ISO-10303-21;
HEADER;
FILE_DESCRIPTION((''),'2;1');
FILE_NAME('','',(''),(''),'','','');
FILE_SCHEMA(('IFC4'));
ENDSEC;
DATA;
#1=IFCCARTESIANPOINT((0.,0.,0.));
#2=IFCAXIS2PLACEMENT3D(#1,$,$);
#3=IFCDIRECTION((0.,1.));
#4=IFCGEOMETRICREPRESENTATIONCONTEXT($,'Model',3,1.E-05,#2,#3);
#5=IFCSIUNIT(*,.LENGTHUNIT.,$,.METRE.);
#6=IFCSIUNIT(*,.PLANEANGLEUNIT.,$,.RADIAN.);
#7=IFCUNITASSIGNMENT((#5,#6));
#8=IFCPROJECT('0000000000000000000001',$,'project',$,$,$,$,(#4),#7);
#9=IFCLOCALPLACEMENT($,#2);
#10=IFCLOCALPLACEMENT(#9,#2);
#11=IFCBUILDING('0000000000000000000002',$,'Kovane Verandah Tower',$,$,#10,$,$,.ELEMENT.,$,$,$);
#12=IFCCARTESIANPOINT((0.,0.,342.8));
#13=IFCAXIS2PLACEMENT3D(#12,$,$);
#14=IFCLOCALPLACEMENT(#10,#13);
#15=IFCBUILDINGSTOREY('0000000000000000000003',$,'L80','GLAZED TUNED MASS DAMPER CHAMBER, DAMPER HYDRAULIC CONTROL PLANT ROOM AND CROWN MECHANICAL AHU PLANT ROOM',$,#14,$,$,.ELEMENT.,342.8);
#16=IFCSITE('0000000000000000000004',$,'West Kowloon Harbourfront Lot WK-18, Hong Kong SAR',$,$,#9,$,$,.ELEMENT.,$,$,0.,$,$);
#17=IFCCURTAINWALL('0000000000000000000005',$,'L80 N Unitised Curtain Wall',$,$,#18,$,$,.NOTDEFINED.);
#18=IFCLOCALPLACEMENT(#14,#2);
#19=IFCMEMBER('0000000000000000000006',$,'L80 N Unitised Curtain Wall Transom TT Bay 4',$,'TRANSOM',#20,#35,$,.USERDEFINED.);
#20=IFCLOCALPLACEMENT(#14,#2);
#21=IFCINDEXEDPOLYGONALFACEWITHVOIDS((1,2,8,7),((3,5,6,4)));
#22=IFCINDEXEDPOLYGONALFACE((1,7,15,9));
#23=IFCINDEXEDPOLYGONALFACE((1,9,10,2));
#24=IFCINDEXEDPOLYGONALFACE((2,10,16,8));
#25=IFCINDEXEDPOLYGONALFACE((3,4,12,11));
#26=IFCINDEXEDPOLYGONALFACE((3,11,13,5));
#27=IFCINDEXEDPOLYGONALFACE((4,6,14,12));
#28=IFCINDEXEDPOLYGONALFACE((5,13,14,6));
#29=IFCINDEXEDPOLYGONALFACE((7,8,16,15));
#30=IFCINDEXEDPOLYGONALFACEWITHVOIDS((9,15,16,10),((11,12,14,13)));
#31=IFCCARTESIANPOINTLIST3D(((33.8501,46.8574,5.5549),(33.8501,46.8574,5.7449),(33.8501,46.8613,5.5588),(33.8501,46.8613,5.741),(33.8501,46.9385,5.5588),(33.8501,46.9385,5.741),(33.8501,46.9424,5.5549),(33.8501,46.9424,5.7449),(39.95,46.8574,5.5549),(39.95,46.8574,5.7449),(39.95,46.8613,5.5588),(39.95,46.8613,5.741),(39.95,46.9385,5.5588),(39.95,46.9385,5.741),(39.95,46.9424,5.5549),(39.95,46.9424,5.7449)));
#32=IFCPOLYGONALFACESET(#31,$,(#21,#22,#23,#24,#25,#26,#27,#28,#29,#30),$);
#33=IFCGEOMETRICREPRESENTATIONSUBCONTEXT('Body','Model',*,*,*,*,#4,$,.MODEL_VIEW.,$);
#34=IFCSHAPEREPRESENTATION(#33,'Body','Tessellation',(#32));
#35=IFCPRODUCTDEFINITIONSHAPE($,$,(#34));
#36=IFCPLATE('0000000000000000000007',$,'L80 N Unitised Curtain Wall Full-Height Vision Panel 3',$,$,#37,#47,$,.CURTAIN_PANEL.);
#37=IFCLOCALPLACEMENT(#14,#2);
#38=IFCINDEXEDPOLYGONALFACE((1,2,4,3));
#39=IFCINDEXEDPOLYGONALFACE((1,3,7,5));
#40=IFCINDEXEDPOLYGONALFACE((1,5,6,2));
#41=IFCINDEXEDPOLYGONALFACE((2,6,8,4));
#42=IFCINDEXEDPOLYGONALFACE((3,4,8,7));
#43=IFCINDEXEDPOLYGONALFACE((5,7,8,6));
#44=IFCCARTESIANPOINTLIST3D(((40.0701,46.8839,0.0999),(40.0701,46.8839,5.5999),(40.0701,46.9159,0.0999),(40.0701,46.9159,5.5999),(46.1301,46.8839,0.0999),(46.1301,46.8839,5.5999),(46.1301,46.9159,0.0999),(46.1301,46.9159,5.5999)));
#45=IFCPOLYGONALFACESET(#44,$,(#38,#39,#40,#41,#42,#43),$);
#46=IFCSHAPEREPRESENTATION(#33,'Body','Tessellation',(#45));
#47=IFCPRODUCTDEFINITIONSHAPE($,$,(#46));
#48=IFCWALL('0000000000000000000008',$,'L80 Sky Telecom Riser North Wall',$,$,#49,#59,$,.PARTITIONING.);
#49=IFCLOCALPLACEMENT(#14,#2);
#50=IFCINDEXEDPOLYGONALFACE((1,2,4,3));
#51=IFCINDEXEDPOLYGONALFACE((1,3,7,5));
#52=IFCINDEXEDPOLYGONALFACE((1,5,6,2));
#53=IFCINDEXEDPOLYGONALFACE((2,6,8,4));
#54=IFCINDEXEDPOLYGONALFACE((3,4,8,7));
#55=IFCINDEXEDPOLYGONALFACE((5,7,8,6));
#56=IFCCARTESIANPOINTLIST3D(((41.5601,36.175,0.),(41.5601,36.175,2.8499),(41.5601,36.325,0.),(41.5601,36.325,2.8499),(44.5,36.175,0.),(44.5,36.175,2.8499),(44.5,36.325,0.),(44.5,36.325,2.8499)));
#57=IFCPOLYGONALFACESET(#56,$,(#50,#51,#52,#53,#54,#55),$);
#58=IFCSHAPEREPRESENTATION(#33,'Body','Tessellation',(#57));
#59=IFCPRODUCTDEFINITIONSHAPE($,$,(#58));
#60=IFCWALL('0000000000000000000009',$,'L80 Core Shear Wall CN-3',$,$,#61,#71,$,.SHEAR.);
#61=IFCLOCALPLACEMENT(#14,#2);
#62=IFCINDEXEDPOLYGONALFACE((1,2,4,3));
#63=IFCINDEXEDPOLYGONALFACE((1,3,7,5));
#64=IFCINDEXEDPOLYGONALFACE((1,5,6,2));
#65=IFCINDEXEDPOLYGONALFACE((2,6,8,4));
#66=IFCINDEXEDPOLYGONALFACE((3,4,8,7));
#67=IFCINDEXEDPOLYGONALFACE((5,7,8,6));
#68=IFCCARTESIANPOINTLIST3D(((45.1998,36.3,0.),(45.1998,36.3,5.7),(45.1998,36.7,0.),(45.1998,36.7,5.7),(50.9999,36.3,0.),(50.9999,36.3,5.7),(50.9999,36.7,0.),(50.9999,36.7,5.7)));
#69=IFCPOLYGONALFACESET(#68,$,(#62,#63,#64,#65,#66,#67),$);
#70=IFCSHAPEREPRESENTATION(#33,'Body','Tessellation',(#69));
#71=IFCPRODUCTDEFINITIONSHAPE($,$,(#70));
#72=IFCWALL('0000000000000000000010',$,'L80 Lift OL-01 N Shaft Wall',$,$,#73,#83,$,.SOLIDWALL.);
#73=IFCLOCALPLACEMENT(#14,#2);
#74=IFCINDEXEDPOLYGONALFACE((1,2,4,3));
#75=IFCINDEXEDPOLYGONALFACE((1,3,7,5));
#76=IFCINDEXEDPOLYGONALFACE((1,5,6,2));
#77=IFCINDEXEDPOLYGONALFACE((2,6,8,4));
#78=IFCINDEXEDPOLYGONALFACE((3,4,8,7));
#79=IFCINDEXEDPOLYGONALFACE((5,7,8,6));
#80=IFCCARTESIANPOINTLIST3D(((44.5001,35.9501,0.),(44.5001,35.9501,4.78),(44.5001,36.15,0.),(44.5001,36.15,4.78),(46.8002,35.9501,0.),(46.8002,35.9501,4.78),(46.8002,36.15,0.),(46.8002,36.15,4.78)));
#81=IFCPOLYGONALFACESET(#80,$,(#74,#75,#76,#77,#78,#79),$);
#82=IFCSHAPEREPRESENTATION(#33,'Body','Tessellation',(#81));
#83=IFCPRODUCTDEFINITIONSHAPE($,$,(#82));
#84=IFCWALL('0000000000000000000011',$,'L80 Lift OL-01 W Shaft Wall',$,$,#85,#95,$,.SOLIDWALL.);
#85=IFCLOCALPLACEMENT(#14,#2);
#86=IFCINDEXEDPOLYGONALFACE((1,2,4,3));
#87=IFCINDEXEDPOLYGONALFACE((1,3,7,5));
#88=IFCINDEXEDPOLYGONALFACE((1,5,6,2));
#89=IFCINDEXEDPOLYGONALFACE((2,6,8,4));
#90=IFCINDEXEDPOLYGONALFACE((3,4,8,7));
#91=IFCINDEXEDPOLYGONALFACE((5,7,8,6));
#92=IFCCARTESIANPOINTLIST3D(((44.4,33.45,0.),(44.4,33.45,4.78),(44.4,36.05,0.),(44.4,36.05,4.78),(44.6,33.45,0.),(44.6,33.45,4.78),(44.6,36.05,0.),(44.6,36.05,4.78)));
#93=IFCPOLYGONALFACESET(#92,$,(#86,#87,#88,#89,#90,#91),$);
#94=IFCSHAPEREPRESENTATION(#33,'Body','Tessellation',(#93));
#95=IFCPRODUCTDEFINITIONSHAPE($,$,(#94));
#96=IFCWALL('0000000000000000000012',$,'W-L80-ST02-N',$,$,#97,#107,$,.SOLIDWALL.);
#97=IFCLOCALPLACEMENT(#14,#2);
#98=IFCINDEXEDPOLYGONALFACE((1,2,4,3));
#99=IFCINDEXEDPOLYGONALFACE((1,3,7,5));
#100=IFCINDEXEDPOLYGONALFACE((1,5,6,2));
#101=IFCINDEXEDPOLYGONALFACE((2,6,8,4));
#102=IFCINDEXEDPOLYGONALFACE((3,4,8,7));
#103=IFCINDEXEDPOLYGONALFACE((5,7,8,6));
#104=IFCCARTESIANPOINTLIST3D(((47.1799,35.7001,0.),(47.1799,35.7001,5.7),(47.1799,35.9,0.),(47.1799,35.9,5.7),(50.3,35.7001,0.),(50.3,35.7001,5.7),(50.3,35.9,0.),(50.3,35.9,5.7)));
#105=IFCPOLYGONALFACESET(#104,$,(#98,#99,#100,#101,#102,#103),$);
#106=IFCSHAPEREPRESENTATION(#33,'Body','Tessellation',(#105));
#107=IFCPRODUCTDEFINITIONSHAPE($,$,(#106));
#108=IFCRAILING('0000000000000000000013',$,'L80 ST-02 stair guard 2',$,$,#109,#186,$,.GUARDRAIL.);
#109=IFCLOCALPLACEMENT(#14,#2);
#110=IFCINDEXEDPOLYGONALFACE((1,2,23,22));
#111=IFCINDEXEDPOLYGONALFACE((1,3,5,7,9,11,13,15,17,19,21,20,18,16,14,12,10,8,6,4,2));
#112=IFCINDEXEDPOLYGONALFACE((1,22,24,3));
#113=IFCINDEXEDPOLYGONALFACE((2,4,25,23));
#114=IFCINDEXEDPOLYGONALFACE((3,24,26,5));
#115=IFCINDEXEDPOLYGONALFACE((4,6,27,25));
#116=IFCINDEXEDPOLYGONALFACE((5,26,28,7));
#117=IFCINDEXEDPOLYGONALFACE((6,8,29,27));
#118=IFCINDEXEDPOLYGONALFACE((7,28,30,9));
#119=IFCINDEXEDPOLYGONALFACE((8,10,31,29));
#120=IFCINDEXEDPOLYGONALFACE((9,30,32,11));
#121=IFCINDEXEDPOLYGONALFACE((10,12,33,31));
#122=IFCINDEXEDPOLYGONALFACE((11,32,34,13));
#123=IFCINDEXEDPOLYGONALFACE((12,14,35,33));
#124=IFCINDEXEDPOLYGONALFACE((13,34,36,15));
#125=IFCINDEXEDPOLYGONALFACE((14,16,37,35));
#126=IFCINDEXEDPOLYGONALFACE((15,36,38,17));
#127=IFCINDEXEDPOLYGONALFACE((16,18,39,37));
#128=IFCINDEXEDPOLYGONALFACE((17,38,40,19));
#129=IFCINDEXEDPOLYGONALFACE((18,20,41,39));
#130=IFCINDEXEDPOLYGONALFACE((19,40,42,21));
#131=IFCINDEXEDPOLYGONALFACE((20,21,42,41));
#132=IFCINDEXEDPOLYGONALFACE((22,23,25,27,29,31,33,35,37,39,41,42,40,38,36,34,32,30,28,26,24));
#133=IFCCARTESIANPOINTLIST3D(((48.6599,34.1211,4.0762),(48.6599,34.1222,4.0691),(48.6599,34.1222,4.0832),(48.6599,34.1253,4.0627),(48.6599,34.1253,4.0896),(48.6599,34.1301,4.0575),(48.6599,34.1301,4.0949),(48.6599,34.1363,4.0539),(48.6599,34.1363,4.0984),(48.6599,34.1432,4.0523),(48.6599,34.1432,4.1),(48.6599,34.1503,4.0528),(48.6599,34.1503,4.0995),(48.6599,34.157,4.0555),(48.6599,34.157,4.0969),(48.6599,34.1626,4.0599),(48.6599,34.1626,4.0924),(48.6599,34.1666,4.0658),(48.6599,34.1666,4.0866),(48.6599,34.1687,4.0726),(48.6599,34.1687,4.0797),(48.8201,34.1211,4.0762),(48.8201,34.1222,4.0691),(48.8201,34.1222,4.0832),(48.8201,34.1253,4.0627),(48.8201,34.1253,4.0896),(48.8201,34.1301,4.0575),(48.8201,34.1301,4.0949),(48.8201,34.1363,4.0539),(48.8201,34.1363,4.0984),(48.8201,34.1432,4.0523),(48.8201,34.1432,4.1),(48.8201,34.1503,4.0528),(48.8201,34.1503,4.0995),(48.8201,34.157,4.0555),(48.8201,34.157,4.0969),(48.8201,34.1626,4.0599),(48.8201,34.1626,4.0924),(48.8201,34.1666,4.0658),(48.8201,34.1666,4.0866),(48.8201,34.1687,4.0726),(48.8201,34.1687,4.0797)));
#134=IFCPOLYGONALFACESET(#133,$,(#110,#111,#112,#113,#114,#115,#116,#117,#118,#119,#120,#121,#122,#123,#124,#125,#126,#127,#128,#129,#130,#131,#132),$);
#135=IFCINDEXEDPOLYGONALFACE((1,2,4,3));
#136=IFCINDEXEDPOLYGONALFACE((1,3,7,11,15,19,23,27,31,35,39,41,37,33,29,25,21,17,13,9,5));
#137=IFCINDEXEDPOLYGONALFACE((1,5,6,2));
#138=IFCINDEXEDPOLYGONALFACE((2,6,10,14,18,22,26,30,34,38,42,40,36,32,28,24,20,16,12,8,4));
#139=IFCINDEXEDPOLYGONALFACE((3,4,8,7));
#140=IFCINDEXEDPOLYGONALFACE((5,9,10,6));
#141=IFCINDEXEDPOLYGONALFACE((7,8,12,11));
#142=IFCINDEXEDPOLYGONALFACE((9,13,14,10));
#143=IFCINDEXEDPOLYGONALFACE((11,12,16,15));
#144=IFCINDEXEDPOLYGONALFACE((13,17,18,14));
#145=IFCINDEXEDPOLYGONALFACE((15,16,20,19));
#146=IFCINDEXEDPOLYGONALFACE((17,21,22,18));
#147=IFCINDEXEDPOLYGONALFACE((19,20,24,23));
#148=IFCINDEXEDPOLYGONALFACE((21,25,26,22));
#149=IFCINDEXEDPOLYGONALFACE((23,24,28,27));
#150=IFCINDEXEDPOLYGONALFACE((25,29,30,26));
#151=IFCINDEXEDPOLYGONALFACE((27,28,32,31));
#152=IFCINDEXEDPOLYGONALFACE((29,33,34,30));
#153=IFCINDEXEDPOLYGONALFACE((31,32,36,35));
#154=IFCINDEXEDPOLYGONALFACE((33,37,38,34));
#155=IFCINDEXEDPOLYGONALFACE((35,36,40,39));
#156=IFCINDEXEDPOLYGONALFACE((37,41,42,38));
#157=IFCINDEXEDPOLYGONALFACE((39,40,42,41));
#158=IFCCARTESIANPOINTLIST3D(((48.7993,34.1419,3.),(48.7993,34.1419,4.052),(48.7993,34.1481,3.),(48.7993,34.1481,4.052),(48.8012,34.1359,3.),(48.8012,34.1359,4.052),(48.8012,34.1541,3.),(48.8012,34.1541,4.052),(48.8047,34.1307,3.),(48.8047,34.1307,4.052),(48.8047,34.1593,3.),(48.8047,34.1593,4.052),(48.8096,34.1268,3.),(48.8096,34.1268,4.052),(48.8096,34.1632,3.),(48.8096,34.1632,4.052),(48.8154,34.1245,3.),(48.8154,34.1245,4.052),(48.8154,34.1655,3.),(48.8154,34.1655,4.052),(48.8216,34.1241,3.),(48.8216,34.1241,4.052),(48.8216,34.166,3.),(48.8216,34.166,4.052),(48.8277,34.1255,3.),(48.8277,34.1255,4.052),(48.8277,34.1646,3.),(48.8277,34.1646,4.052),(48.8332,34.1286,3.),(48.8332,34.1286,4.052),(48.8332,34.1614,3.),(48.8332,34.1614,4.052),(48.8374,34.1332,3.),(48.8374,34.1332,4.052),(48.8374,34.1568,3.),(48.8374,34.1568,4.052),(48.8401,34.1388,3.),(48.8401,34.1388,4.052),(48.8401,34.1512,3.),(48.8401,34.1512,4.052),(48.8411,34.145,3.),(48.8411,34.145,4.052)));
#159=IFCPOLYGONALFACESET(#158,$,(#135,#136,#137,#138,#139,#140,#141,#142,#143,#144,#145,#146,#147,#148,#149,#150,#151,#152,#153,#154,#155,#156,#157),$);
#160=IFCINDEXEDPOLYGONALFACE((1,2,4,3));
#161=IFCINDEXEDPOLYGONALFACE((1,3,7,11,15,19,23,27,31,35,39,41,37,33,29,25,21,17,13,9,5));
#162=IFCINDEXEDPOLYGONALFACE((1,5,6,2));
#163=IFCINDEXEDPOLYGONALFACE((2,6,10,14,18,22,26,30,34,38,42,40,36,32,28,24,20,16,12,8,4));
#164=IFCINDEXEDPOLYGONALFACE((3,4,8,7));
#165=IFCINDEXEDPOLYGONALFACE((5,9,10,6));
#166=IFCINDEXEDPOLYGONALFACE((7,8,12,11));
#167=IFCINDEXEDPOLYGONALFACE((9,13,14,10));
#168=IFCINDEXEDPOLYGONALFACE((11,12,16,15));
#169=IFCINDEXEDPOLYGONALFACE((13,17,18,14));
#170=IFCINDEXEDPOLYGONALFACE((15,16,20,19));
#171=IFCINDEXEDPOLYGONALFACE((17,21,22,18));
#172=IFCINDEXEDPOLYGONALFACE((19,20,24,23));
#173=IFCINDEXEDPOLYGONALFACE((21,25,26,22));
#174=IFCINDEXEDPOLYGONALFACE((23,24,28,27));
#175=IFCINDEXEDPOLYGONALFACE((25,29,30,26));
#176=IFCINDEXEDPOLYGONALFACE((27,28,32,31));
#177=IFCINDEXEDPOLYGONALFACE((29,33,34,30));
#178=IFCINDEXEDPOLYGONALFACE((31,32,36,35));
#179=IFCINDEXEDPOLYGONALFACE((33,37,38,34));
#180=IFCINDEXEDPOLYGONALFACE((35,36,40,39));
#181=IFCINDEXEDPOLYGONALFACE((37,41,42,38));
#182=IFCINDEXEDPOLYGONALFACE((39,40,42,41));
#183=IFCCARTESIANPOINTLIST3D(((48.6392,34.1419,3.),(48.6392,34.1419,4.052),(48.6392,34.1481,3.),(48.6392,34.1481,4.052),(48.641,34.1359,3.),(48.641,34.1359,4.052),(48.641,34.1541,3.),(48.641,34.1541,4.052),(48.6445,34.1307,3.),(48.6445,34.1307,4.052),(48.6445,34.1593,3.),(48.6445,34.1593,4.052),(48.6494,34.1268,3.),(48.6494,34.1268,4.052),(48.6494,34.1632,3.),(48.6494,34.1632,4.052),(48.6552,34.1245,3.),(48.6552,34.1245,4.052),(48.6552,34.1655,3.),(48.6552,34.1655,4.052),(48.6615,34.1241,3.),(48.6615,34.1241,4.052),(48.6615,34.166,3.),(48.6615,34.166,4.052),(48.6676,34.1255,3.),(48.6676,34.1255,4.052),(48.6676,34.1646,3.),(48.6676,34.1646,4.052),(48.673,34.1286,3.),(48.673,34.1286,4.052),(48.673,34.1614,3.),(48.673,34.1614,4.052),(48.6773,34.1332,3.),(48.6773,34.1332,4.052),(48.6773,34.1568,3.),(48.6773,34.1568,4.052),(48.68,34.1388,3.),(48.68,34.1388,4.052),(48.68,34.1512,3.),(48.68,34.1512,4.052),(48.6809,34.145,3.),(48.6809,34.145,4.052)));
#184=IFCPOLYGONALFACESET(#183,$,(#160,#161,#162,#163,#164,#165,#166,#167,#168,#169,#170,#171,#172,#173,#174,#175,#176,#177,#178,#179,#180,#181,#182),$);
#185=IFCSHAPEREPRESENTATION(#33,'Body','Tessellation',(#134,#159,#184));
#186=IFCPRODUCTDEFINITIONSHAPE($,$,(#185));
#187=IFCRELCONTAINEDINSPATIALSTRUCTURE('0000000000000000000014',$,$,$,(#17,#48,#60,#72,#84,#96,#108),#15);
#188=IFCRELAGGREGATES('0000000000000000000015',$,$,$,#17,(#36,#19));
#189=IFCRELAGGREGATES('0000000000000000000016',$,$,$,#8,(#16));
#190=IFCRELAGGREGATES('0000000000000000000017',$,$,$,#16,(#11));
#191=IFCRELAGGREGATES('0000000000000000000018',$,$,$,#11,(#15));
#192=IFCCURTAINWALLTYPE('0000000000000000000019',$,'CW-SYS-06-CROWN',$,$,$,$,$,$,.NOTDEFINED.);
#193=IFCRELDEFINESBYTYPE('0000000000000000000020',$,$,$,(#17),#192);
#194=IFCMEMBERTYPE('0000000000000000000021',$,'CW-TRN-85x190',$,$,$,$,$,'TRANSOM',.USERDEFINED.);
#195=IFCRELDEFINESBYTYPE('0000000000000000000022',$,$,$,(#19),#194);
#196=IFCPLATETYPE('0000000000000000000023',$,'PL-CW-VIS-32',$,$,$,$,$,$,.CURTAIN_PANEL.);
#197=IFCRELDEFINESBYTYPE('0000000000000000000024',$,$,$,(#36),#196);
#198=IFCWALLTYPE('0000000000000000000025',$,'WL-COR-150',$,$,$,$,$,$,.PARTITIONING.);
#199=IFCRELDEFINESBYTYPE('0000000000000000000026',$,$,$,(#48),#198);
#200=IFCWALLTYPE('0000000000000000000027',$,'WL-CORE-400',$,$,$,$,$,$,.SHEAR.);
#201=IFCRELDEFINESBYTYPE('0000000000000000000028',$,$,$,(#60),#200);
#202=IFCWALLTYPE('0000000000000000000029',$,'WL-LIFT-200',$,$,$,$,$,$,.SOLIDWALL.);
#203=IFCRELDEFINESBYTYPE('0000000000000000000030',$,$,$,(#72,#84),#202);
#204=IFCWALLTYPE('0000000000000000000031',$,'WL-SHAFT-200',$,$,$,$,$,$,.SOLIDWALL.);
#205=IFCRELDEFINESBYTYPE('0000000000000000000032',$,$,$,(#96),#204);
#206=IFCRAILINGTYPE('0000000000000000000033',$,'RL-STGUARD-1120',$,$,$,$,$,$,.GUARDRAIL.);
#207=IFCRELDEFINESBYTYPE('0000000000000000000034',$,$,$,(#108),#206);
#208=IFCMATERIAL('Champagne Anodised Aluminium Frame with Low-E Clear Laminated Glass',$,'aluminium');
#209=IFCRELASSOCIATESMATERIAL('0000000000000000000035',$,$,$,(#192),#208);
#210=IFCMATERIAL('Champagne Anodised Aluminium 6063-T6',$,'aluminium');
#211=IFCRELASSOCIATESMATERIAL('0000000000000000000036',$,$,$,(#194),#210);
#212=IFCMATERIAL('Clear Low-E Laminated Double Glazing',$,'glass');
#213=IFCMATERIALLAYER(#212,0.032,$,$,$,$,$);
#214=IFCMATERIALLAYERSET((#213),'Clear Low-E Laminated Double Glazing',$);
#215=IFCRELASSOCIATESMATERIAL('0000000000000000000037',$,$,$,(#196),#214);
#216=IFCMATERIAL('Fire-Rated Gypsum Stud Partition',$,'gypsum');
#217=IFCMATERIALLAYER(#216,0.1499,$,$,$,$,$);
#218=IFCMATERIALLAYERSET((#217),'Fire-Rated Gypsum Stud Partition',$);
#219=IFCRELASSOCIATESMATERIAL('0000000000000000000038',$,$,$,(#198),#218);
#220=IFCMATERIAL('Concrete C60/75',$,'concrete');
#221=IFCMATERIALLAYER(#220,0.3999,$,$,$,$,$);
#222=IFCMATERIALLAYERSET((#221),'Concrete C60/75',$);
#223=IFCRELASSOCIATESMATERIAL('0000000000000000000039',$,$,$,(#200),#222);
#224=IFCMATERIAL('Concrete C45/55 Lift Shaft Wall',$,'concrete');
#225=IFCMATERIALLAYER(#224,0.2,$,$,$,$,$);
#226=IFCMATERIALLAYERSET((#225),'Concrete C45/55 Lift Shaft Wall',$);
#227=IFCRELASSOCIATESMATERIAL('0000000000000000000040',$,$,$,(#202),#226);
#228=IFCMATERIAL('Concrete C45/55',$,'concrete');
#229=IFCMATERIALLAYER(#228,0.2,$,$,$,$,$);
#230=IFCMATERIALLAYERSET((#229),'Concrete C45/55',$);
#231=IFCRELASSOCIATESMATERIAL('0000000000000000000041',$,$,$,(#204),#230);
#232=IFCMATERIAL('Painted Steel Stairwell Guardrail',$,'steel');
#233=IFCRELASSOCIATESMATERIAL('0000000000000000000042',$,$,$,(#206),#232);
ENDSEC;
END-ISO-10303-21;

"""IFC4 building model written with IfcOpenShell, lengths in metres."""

from ifc_helpers import new_model, si_unit, direction, frame, frame_2d, origin, origin_2d, place, context, subcontext, project, spatial, rectangle, hollow_rectangle, circle, extrude, material, layer, layer_set, material_profile, profile_set, type_object, element, aggregate, save


model = new_model("IFC4")

# Units and contexts
model_context = context("Model", 3, precision=1e-05, world=origin(), true_north=direction((0.0, 1.0)))
body_context = subcontext(model_context, "Body", "Model", "MODEL_VIEW")
ifc_project = project(units=[si_unit("LENGTHUNIT", "METRE"), si_unit("PLANEANGLEUNIT", "RADIAN")], contexts=[model_context])

# Site, building, storey
site_placement = place(None, origin())
site = spatial("IfcSite", under=ifc_project, at=site_placement, Name="West Kowloon Harbourfront Lot WK-18, Hong Kong SAR", CompositionType="ELEMENT", RefElevation=0.0)
building_placement = place(site_placement, origin())
building = spatial("IfcBuilding", under=site, at=building_placement, Name="Kovane Verandah Tower", CompositionType="ELEMENT")
storey_placement = place(building_placement, frame((0.0, 0.0, 342.8)))
storey = spatial("IfcBuildingStorey", under=building, at=storey_placement, Name="L80", Description="GLAZED TUNED MASS DAMPER CHAMBER, DAMPER HYDRAULIC CONTROL PLANT ROOM AND CROWN MECHANICAL AHU PLANT ROOM", CompositionType="ELEMENT", Elevation=342.8)

# Shared definitions
ifc_material_1 = material(Name="Concrete C60/75", Category="concrete")

# Curtain wall, member, plate
ifc_material_2 = material(Name="Champagne Anodised Aluminium Frame with Low-E Clear Laminated Glass", Category="aluminium")
curtain_wall_type = type_object("IfcCurtainWallType", Name="CW-SYS-06-CROWN", PredefinedType="NOTDEFINED", material=ifc_material_2)
curtain_wall_placement = place(storey_placement, origin())
curtain_wall = element("IfcCurtainWall", 1, at=curtain_wall_placement, inside=storey, type_object=curtain_wall_type, Name="L80 N Unitised Curtain Wall", PredefinedType="NOTDEFINED")
ifc_material_3 = material(Name="Champagne Anodised Aluminium 6063-T6", Category="aluminium")
ifc_material_profile_1 = material_profile(ifc_material_3, hollow_rectangle(XDim=0.085, YDim=0.1899, WallThickness=0.0039, at=origin_2d()), Name="AL85x190x4")
ifc_profile_set_1 = profile_set([ifc_material_profile_1], Name="Champagne Anodised Aluminium 6063-T6")
member_type_1 = type_object("IfcMemberType", Name="CW-TRN-85x190", ElementType="TRANSOM", PredefinedType="USERDEFINED", material=ifc_profile_set_1)
member_1_placement = place(storey_placement, frame((39.95, 46.8999, 5.6499), z_axis=(-1.0, 0.0, 0.0), x_axis=(0.0, -1.0, 0.0)))
member_1 = element("IfcMember", 2, at=member_1_placement, type_object=member_type_1, Name="L80 N Unitised Curtain Wall Transom TT Bay 4", ObjectType="TRANSOM", PredefinedType="USERDEFINED", context=body_context, shape_type="SweptSolid", body=[
    extrude(hollow_rectangle(XDim=0.085, YDim=0.1899, WallThickness=0.0039, at=origin_2d()), origin(), (0.0, 0.0, 1.0), 6.0999),
])
ifc_material_4 = material(Name="Clear Low-E Laminated Double Glazing", Category="glass")
ifc_layer_1 = layer(ifc_material_4, 0.032)
ifc_layer_set_1 = layer_set([ifc_layer_1], Name="Clear Low-E Laminated Double Glazing")
plate_type = type_object("IfcPlateType", Name="PL-CW-VIS-32", PredefinedType="CURTAIN_PANEL", material=ifc_layer_set_1)
plate_placement = place(storey_placement, frame((43.1001, 46.8999, 0.0999), z_axis=(0.0, 0.0, 1.0), x_axis=(-1.0, 0.0, 0.0)))
plate = element("IfcPlate", 3, at=plate_placement, type_object=plate_type, Name="L80 N Unitised Curtain Wall Full-Height Vision Panel 3", PredefinedType="CURTAIN_PANEL", context=body_context, shape_type="SweptSolid", body=[
    extrude(rectangle(XDim=6.0601, YDim=0.032, at=origin_2d()), origin(), (0.0, 0.0, 1.0), 5.5),
])
aggregate(curtain_wall, [plate, member_1])

# Walls
ifc_material_5 = material(Name="Fire-Rated Gypsum Stud Partition", Category="gypsum")
ifc_layer_2 = layer(ifc_material_5, 0.1499)
ifc_layer_set_2 = layer_set([ifc_layer_2], Name="Fire-Rated Gypsum Stud Partition")
wall_type_1 = type_object("IfcWallType", Name="WL-COR-150", PredefinedType="PARTITIONING", material=ifc_layer_set_2)
wall_1_placement = place(storey_placement, frame((41.5601, 36.25, 0.0), z_axis=(0.0, 0.0, 1.0), x_axis=(1.0, 0.0, 0.0)))
element("IfcWall", 4, at=wall_1_placement, inside=storey, type_object=wall_type_1, Name="L80 Sky Telecom Riser North Wall", PredefinedType="PARTITIONING", context=body_context, shape_type="SweptSolid", body=[
    extrude(rectangle(XDim=2.9399, YDim=0.1499, at=frame_2d((1.47, 0.0))), origin(), (0.0, 0.0, 1.0), 2.8499),
])
ifc_layer_3 = layer(ifc_material_1, 0.3999)
ifc_layer_set_3 = layer_set([ifc_layer_3], Name="Concrete C60/75")
wall_type_2 = type_object("IfcWallType", Name="WL-CORE-400", PredefinedType="SHEAR", material=ifc_layer_set_3)
wall_2_placement = place(storey_placement, frame((45.2, 36.5, 0.0), z_axis=(0.0, 0.0, 1.0), x_axis=(1.0, 0.0, 0.0)))
element("IfcWall", 5, at=wall_2_placement, inside=storey, type_object=wall_type_2, Name="L80 Core Shear Wall CN-3", PredefinedType="SHEAR", context=body_context, shape_type="SweptSolid", body=[
    extrude(rectangle(XDim=5.8, YDim=0.3999, at=frame_2d((2.8999, 0.0))), origin(), (0.0, 0.0, 1.0), 5.7),
])
ifc_material_6 = material(Name="Concrete C45/55 Lift Shaft Wall", Category="concrete")
ifc_layer_4 = layer(ifc_material_6, 0.2)
ifc_layer_set_4 = layer_set([ifc_layer_4], Name="Concrete C45/55 Lift Shaft Wall")
wall_type_3 = type_object("IfcWallType", Name="WL-LIFT-200", PredefinedType="SOLIDWALL", material=ifc_layer_set_4)
wall_3_placement = place(storey_placement, frame((46.8, 36.05, 0.0), z_axis=(0.0, 0.0, 1.0), x_axis=(-1.0, 0.0, 0.0)))
element("IfcWall", 6, at=wall_3_placement, inside=storey, type_object=wall_type_3, Name="L80 Lift OL-01 N Shaft Wall", PredefinedType="SOLIDWALL", context=body_context, shape_type="SweptSolid", body=[
    extrude(rectangle(XDim=2.3, YDim=0.2, at=frame_2d((1.1499, 0.0))), origin(), (0.0, 0.0, 1.0), 4.78),
])
wall_4_placement = place(storey_placement, frame((44.5, 36.05, 0.0), z_axis=(0.0, 0.0, 1.0), x_axis=(0.0, -1.0, 0.0)))
element("IfcWall", 7, at=wall_4_placement, inside=storey, type_object=wall_type_3, Name="L80 Lift OL-01 W Shaft Wall", PredefinedType="SOLIDWALL", context=body_context, shape_type="SweptSolid", body=[
    extrude(rectangle(XDim=2.6001, YDim=0.2, at=frame_2d((1.3, 0.0))), origin(), (0.0, 0.0, 1.0), 4.78),
])
ifc_material_7 = material(Name="Concrete C45/55", Category="concrete")
ifc_layer_5 = layer(ifc_material_7, 0.2)
ifc_layer_set_5 = layer_set([ifc_layer_5], Name="Concrete C45/55")
wall_type_4 = type_object("IfcWallType", Name="WL-SHAFT-200", PredefinedType="SOLIDWALL", material=ifc_layer_set_5)
wall_5_placement = place(storey_placement, frame((47.1799, 35.8, 0.0), z_axis=(0.0, 0.0, 1.0), x_axis=(1.0, 0.0, 0.0)))
element("IfcWall", 8, at=wall_5_placement, inside=storey, type_object=wall_type_4, Name="W-L80-ST02-N", PredefinedType="SOLIDWALL", context=body_context, shape_type="SweptSolid", body=[
    extrude(rectangle(XDim=3.1201, YDim=0.2, at=frame_2d((1.5601, 0.0))), origin(), (0.0, 0.0, 1.0), 5.7),
])

# Railing
ifc_material_8 = material(Name="Painted Steel Stairwell Guardrail", Category="steel")
railing_type = type_object("IfcRailingType", Name="RL-STGUARD-1120", PredefinedType="GUARDRAIL", material=ifc_material_8)
railing_1_placement = place(storey_placement, frame((48.8201, 34.145, 3.0)))
element("IfcRailing", 9, at=railing_1_placement, inside=storey, type_object=railing_type, Name="L80 ST-02 stair guard 2", PredefinedType="GUARDRAIL", context=body_context, shape_type="SweptSolid", body=[
    extrude(circle(Radius=0.0239, at=origin_2d()), frame((0.0, 0.0, 1.0762), z_axis=(-1.0, 0.0, 0.0), x_axis=(0.0, -1.0, 0.0)), (0.0, 0.0, 1.0), 0.1602),
    extrude(circle(Radius=0.021, at=origin_2d()), origin(), (0.0, 0.0, 1.0), 1.052),
    extrude(circle(Radius=0.021, at=origin_2d()), frame((-0.1602, 0.0, 0.0)), (0.0, 0.0, 1.0), 1.052),
])

save(model, "model.ifc")
